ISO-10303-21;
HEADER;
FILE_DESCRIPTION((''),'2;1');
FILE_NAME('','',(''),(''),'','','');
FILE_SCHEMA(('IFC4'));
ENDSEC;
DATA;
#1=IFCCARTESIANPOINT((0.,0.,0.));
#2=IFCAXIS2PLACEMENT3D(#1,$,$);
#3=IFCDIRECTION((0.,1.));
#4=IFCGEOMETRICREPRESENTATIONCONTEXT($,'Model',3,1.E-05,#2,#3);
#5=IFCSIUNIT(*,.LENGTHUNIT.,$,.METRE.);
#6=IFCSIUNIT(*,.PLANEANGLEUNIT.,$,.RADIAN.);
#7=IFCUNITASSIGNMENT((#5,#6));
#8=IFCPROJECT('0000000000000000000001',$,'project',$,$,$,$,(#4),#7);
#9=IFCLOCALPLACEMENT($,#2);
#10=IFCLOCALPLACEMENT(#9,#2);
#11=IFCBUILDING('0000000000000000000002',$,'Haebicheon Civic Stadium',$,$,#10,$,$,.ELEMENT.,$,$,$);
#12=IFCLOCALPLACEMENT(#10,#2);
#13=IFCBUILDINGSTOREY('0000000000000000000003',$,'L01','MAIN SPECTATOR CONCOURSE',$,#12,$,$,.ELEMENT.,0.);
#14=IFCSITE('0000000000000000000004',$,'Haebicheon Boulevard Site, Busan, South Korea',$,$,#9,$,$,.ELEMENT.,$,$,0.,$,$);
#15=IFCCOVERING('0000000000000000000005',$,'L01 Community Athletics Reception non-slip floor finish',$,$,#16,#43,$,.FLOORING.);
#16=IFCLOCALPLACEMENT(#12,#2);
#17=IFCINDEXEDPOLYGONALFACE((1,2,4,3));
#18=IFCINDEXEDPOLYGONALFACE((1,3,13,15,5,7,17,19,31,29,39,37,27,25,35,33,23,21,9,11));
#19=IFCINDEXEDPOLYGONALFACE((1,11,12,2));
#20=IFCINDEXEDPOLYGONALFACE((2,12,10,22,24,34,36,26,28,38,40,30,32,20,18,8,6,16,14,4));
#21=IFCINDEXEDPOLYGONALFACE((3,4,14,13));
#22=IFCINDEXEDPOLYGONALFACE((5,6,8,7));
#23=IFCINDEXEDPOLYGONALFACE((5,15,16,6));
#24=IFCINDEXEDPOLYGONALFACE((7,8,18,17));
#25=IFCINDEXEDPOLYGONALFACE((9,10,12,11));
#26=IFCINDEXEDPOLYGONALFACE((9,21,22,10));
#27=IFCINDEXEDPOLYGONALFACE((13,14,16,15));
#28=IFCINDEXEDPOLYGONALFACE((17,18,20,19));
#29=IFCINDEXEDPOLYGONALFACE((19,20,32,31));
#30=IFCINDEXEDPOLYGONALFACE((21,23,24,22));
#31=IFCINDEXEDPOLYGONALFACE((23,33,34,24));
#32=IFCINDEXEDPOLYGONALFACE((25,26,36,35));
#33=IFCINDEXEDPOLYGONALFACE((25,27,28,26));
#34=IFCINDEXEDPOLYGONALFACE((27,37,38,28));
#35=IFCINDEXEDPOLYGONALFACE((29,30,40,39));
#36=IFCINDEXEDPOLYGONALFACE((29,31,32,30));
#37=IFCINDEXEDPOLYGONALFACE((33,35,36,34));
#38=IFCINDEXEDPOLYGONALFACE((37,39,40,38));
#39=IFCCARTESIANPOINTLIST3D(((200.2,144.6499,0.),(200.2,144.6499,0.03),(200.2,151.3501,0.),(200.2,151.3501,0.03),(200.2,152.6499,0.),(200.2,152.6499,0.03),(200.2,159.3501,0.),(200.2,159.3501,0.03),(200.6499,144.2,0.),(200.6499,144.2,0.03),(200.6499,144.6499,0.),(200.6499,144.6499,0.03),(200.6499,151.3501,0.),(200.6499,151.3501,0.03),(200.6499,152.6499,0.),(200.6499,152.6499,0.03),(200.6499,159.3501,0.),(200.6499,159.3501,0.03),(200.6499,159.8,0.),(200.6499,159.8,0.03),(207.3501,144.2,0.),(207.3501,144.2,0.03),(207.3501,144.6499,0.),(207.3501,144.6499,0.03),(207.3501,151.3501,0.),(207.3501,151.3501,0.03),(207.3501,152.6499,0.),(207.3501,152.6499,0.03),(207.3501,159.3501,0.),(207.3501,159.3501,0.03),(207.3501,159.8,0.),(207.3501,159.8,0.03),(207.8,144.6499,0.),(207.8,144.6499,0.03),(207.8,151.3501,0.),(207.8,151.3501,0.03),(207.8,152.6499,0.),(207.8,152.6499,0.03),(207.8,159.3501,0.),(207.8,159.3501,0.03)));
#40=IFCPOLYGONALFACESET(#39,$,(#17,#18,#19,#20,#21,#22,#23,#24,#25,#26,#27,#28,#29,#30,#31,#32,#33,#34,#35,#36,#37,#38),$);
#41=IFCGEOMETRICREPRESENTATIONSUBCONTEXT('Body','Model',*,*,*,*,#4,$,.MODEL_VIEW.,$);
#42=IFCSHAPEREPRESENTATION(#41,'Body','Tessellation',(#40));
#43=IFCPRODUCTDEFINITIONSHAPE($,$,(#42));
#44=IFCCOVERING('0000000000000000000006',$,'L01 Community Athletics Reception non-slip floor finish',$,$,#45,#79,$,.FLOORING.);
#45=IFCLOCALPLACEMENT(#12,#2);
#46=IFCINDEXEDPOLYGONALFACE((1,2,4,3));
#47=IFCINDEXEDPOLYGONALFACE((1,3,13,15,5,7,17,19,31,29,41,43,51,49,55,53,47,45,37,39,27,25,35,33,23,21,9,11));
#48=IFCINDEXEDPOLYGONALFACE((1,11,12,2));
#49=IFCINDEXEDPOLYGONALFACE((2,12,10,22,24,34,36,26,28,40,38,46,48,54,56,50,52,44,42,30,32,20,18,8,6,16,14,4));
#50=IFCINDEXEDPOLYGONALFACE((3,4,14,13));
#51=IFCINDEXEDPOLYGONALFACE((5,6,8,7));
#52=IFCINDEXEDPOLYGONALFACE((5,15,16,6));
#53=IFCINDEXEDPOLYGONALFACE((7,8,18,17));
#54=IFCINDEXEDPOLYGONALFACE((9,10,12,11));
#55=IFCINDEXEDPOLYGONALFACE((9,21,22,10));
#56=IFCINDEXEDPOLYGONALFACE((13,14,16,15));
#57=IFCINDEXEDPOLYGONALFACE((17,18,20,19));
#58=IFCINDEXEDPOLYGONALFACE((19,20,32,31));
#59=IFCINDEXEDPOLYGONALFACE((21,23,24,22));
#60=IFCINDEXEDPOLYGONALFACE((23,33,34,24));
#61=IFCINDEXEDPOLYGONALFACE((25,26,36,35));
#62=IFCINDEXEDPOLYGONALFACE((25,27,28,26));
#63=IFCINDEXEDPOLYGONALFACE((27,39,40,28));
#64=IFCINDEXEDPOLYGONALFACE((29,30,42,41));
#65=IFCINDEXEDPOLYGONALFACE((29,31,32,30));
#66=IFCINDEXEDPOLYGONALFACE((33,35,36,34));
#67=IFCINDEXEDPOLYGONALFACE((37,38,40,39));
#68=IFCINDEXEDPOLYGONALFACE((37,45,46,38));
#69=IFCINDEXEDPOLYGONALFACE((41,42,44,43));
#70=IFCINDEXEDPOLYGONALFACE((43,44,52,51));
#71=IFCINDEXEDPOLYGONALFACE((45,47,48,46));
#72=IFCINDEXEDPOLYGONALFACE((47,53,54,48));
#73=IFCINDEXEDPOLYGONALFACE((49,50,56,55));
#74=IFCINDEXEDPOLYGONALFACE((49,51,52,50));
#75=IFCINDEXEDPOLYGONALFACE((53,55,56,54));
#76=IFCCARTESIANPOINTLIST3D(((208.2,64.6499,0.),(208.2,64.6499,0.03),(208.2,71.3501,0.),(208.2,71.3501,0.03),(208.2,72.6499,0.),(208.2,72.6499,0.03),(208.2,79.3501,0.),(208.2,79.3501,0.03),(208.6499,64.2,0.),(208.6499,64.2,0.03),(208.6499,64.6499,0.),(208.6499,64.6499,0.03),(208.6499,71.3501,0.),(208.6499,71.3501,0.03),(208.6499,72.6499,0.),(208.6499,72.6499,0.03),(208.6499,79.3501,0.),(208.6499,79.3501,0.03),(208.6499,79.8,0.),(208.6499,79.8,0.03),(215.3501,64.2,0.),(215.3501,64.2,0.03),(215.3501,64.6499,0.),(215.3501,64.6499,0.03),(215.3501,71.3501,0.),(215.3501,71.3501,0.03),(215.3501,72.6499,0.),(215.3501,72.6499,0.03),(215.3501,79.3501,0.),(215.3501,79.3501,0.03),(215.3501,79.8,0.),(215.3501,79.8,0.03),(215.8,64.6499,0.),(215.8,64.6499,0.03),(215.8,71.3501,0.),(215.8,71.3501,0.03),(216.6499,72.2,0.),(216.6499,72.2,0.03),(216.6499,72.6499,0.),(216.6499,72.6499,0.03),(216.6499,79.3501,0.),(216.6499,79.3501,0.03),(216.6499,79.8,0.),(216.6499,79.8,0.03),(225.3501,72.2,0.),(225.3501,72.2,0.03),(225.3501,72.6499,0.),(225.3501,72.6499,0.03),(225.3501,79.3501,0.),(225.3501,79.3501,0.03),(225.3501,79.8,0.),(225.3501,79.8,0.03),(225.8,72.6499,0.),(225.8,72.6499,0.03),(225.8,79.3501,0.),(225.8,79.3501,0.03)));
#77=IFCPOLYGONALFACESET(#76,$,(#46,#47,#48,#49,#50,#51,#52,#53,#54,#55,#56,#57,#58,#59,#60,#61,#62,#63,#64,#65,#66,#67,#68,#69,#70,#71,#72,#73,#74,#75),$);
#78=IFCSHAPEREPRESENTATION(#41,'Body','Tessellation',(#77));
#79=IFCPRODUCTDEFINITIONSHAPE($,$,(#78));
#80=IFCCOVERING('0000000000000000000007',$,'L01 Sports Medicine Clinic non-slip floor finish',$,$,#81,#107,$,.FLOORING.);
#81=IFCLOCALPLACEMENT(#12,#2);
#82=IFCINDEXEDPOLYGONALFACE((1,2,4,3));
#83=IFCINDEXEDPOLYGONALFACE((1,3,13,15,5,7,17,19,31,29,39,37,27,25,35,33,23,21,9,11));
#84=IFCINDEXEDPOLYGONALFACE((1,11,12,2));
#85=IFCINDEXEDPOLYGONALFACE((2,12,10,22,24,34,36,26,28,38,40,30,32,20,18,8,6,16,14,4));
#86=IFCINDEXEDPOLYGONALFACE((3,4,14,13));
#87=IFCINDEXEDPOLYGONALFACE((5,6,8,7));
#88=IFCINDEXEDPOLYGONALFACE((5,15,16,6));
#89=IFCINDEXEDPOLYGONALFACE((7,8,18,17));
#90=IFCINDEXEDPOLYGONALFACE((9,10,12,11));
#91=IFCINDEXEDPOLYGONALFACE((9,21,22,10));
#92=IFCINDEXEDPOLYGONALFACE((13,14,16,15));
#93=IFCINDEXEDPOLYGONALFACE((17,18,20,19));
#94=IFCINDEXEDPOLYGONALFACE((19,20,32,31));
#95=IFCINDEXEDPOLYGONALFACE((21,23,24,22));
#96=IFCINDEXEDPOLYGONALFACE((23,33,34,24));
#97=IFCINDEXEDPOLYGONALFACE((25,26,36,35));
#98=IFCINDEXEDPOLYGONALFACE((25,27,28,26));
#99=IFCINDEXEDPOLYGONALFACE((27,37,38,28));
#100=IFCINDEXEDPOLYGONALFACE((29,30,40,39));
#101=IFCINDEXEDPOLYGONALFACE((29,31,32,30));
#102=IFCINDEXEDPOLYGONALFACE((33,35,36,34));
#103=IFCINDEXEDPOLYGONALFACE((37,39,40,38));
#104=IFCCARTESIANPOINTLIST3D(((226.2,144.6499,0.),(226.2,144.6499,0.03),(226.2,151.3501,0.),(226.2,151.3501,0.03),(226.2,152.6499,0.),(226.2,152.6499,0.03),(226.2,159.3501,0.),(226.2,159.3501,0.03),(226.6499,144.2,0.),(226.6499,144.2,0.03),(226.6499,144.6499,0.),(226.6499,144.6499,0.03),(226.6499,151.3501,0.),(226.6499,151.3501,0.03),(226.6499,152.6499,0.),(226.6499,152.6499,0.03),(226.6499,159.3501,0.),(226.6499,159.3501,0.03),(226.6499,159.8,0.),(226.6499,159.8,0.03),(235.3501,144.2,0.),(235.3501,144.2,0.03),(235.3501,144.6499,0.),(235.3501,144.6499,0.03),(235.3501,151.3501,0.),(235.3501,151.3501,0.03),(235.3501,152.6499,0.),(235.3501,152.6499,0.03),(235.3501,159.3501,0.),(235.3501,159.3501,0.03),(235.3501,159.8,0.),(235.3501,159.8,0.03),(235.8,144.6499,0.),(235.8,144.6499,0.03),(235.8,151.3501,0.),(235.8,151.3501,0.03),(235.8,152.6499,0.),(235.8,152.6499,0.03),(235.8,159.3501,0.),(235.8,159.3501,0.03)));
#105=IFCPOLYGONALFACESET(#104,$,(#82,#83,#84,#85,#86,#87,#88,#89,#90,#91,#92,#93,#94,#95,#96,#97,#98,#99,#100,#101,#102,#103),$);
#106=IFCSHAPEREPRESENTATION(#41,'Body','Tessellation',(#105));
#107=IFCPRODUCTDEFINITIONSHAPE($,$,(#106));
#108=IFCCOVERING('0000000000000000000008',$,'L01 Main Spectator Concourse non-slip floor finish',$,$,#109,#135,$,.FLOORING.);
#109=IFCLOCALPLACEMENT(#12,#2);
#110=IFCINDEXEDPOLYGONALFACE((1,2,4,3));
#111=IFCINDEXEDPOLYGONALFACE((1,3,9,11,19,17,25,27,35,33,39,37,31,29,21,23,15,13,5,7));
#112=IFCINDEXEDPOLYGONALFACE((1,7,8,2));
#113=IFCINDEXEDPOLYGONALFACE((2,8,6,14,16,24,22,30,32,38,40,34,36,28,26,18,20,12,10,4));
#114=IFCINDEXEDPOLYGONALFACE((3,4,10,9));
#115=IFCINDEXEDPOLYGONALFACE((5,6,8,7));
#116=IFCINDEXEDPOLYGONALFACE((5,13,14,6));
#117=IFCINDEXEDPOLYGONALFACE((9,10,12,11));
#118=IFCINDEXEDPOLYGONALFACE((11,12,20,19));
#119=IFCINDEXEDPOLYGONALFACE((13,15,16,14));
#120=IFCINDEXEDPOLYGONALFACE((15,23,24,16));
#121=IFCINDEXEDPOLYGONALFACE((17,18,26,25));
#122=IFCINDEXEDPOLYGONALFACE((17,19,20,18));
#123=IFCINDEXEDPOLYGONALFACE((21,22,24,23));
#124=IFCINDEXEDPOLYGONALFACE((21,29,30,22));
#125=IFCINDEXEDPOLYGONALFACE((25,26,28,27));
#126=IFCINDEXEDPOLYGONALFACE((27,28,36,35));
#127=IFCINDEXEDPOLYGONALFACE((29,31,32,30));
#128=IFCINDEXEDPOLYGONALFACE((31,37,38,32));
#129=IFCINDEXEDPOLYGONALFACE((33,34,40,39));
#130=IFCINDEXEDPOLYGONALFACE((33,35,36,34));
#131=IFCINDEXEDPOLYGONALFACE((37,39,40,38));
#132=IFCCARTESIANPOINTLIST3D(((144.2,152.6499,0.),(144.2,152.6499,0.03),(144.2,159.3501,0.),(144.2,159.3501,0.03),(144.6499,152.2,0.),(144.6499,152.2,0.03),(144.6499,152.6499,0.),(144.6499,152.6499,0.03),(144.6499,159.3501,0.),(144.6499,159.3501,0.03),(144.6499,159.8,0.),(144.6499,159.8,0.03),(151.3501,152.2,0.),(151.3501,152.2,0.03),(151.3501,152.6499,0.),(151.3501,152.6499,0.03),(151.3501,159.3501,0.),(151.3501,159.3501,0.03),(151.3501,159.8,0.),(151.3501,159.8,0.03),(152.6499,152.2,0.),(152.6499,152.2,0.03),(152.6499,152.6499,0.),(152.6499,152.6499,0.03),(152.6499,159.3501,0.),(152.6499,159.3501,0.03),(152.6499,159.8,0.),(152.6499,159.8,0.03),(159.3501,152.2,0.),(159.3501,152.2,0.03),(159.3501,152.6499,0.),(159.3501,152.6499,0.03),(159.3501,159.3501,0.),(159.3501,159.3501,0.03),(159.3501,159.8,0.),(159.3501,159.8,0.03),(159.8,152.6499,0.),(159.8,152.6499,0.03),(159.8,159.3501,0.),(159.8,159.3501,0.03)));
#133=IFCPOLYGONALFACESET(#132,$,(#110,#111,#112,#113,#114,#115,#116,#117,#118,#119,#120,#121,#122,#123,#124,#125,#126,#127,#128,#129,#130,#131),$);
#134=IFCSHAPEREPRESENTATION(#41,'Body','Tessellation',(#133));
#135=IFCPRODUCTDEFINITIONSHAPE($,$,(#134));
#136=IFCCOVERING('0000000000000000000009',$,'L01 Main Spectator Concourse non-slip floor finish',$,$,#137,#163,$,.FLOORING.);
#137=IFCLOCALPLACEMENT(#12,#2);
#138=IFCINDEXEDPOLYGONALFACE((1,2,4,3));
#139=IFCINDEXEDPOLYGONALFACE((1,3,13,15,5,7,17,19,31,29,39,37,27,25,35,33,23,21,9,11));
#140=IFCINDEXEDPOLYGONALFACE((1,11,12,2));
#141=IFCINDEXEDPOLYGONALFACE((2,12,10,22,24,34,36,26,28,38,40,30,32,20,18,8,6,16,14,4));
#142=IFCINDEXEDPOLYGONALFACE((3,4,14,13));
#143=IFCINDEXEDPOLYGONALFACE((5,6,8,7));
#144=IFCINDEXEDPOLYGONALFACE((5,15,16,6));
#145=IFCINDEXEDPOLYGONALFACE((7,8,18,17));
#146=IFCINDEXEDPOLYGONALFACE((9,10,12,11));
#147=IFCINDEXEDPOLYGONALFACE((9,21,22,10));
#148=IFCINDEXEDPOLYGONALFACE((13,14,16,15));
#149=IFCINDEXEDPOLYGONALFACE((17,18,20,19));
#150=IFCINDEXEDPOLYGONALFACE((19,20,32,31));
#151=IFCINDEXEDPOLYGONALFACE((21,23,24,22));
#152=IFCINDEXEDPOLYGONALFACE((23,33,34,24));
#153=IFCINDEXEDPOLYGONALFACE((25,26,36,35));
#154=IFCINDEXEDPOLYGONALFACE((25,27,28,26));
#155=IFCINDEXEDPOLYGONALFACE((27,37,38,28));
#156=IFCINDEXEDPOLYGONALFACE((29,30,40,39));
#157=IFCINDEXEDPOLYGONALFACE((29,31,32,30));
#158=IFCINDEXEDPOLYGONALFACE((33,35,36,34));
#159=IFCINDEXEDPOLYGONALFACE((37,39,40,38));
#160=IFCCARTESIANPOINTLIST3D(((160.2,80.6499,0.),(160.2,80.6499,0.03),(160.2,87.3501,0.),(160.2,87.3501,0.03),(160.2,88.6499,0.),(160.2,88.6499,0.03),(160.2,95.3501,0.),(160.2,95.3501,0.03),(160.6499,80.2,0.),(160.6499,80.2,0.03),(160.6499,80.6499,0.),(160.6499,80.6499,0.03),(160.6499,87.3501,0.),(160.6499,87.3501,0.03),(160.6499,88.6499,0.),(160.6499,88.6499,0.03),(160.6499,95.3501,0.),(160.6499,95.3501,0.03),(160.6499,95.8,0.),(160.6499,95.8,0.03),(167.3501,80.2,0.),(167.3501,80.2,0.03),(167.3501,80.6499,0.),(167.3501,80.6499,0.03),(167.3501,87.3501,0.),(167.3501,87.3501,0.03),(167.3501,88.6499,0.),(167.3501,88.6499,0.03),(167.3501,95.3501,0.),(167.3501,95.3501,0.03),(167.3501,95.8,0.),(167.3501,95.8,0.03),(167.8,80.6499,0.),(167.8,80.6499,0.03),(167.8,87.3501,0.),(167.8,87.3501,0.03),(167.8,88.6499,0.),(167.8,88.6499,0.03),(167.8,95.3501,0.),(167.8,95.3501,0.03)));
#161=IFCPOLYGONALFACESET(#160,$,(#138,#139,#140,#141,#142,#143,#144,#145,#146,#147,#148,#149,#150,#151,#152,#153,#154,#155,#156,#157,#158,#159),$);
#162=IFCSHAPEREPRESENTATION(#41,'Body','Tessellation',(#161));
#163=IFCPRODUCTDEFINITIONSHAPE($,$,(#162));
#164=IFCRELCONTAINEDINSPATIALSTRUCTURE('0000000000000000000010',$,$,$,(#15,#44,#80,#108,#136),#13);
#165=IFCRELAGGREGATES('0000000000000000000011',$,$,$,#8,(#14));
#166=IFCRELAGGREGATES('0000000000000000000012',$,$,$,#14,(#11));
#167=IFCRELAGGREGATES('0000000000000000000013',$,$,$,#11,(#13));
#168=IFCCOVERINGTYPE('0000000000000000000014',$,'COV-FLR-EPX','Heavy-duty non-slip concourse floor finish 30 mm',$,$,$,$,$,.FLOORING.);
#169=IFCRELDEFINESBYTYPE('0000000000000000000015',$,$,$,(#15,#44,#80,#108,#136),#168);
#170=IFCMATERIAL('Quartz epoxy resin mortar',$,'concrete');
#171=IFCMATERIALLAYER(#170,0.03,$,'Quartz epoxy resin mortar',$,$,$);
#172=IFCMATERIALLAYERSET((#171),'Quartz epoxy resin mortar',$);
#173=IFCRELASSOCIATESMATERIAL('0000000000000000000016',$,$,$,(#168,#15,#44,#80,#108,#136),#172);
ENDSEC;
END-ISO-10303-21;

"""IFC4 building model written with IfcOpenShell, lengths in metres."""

from ifc_helpers import new_model, si_unit, direction, origin, place, context, subcontext, project, spatial, polyline, outline, extrude, material, layer, layer_set, type_object, element, save


model = new_model("IFC4")

# Units and contexts
model_context = context("Model", 3, precision=1e-05, world=origin(), true_north=direction((0.0, 1.0)))
body_context = subcontext(model_context, "Body", "Model", "MODEL_VIEW")
ifc_project = project(units=[si_unit("LENGTHUNIT", "METRE"), si_unit("PLANEANGLEUNIT", "RADIAN")], contexts=[model_context])

# Site, building, storey
site_placement = place(None, origin())
site = spatial("IfcSite", under=ifc_project, at=site_placement, Name="Haebicheon Boulevard Site, Busan, South Korea", CompositionType="ELEMENT", RefElevation=0.0)
building_placement = place(site_placement, origin())
building = spatial("IfcBuilding", under=site, at=building_placement, Name="Haebicheon Civic Stadium", CompositionType="ELEMENT")
storey_placement = place(building_placement, origin())
storey = spatial("IfcBuildingStorey", under=building, at=storey_placement, Name="L01", Description="MAIN SPECTATOR CONCOURSE", CompositionType="ELEMENT", Elevation=0.0)

# Coverings
ifc_material_1 = material(Name="Quartz epoxy resin mortar", Category="concrete")
ifc_layer_1 = layer(ifc_material_1, 0.03, Name="Quartz epoxy resin mortar")
ifc_layer_set_1 = layer_set([ifc_layer_1], Name="Quartz epoxy resin mortar")
covering_type_1 = type_object("IfcCoveringType", Name="COV-FLR-EPX", Description="Heavy-duty non-slip concourse floor finish 30 mm", PredefinedType="FLOORING", material=ifc_layer_set_1)
covering_1_placement = place(storey_placement, origin())
element("IfcCovering", 1, at=covering_1_placement, inside=storey, type_object=covering_type_1, material=ifc_layer_set_1, Name="L01 Community Athletics Reception non-slip floor finish", PredefinedType="FLOORING", context=body_context, shape_type="SweptSolid", body=[
    extrude(outline(polyline([(200.6499, 144.2), (200.6499, 144.6499), (200.2, 144.6499), (200.2, 151.3501), (200.6499, 151.3501), (200.6499, 152.6499), (200.2, 152.6499), (200.2, 159.3501), (200.6499, 159.3501), (200.6499, 159.8), (207.3501, 159.8), (207.3501, 159.3501), (207.8, 159.3501), (207.8, 152.6499), (207.3501, 152.6499), (207.3501, 151.3501), (207.8, 151.3501), (207.8, 144.6499), (207.3501, 144.6499), (207.3501, 144.2), (200.6499, 144.2)])), origin(), (0.0, 0.0, 1.0), 0.03),
])
covering_2_placement = place(storey_placement, origin())
element("IfcCovering", 2, at=covering_2_placement, inside=storey, type_object=covering_type_1, material=ifc_layer_set_1, Name="L01 Community Athletics Reception non-slip floor finish", PredefinedType="FLOORING", context=body_context, shape_type="SweptSolid", body=[
    extrude(outline(polyline([(208.6499, 64.2), (208.6499, 64.6499), (208.2, 64.6499), (208.2, 71.3501), (208.6499, 71.3501), (208.6499, 72.6499), (208.2, 72.6499), (208.2, 79.3501), (208.6499, 79.3501), (208.6499, 79.8), (215.3501, 79.8), (215.3501, 79.3501), (216.6499, 79.3501), (216.6499, 79.8), (225.3501, 79.8), (225.3501, 79.3501), (225.8, 79.3501), (225.8, 72.6499), (225.3501, 72.6499), (225.3501, 72.2), (216.6499, 72.2), (216.6499, 72.6499), (215.3501, 72.6499), (215.3501, 71.3501), (215.8, 71.3501), (215.8, 64.6499), (215.3501, 64.6499), (215.3501, 64.2), (208.6499, 64.2)])), origin(), (0.0, 0.0, 1.0), 0.03),
])
covering_3_placement = place(storey_placement, origin())
element("IfcCovering", 3, at=covering_3_placement, inside=storey, type_object=covering_type_1, material=ifc_layer_set_1, Name="L01 Sports Medicine Clinic non-slip floor finish", PredefinedType="FLOORING", context=body_context, shape_type="SweptSolid", body=[
    extrude(outline(polyline([(226.6499, 144.2), (226.6499, 144.6499), (226.2, 144.6499), (226.2, 151.3501), (226.6499, 151.3501), (226.6499, 152.6499), (226.2, 152.6499), (226.2, 159.3501), (226.6499, 159.3501), (226.6499, 159.8), (235.3501, 159.8), (235.3501, 159.3501), (235.8, 159.3501), (235.8, 152.6499), (235.3501, 152.6499), (235.3501, 151.3501), (235.8, 151.3501), (235.8, 144.6499), (235.3501, 144.6499), (235.3501, 144.2), (226.6499, 144.2)])), origin(), (0.0, 0.0, 1.0), 0.03),
])
covering_4_placement = place(storey_placement, origin())
element("IfcCovering", 4, at=covering_4_placement, inside=storey, type_object=covering_type_1, material=ifc_layer_set_1, Name="L01 Main Spectator Concourse non-slip floor finish", PredefinedType="FLOORING", context=body_context, shape_type="SweptSolid", body=[
    extrude(outline(polyline([(144.2, 159.3501), (144.6499, 159.3501), (144.6499, 159.8), (151.3501, 159.8), (151.3501, 159.3501), (152.6499, 159.3501), (152.6499, 159.8), (159.3501, 159.8), (159.3501, 159.3501), (159.8, 159.3501), (159.8, 152.6499), (159.3501, 152.6499), (159.3501, 152.2), (152.6499, 152.2), (152.6499, 152.6499), (151.3501, 152.6499), (151.3501, 152.2), (144.6499, 152.2), (144.6499, 152.6499), (144.2, 152.6499), (144.2, 159.3501)])), origin(), (0.0, 0.0, 1.0), 0.03),
])
covering_5_placement = place(storey_placement, origin())
element("IfcCovering", 5, at=covering_5_placement, inside=storey, type_object=covering_type_1, material=ifc_layer_set_1, Name="L01 Main Spectator Concourse non-slip floor finish", PredefinedType="FLOORING", context=body_context, shape_type="SweptSolid", body=[
    extrude(outline(polyline([(160.6499, 80.2), (160.6499, 80.6499), (160.2, 80.6499), (160.2, 87.3501), (160.6499, 87.3501), (160.6499, 88.6499), (160.2, 88.6499), (160.2, 95.3501), (160.6499, 95.3501), (160.6499, 95.8), (167.3501, 95.8), (167.3501, 95.3501), (167.8, 95.3501), (167.8, 88.6499), (167.3501, 88.6499), (167.3501, 87.3501), (167.8, 87.3501), (167.8, 80.6499), (167.3501, 80.6499), (167.3501, 80.2), (160.6499, 80.2)])), origin(), (0.0, 0.0, 1.0), 0.03),
])

save(model, "model.ifc")
